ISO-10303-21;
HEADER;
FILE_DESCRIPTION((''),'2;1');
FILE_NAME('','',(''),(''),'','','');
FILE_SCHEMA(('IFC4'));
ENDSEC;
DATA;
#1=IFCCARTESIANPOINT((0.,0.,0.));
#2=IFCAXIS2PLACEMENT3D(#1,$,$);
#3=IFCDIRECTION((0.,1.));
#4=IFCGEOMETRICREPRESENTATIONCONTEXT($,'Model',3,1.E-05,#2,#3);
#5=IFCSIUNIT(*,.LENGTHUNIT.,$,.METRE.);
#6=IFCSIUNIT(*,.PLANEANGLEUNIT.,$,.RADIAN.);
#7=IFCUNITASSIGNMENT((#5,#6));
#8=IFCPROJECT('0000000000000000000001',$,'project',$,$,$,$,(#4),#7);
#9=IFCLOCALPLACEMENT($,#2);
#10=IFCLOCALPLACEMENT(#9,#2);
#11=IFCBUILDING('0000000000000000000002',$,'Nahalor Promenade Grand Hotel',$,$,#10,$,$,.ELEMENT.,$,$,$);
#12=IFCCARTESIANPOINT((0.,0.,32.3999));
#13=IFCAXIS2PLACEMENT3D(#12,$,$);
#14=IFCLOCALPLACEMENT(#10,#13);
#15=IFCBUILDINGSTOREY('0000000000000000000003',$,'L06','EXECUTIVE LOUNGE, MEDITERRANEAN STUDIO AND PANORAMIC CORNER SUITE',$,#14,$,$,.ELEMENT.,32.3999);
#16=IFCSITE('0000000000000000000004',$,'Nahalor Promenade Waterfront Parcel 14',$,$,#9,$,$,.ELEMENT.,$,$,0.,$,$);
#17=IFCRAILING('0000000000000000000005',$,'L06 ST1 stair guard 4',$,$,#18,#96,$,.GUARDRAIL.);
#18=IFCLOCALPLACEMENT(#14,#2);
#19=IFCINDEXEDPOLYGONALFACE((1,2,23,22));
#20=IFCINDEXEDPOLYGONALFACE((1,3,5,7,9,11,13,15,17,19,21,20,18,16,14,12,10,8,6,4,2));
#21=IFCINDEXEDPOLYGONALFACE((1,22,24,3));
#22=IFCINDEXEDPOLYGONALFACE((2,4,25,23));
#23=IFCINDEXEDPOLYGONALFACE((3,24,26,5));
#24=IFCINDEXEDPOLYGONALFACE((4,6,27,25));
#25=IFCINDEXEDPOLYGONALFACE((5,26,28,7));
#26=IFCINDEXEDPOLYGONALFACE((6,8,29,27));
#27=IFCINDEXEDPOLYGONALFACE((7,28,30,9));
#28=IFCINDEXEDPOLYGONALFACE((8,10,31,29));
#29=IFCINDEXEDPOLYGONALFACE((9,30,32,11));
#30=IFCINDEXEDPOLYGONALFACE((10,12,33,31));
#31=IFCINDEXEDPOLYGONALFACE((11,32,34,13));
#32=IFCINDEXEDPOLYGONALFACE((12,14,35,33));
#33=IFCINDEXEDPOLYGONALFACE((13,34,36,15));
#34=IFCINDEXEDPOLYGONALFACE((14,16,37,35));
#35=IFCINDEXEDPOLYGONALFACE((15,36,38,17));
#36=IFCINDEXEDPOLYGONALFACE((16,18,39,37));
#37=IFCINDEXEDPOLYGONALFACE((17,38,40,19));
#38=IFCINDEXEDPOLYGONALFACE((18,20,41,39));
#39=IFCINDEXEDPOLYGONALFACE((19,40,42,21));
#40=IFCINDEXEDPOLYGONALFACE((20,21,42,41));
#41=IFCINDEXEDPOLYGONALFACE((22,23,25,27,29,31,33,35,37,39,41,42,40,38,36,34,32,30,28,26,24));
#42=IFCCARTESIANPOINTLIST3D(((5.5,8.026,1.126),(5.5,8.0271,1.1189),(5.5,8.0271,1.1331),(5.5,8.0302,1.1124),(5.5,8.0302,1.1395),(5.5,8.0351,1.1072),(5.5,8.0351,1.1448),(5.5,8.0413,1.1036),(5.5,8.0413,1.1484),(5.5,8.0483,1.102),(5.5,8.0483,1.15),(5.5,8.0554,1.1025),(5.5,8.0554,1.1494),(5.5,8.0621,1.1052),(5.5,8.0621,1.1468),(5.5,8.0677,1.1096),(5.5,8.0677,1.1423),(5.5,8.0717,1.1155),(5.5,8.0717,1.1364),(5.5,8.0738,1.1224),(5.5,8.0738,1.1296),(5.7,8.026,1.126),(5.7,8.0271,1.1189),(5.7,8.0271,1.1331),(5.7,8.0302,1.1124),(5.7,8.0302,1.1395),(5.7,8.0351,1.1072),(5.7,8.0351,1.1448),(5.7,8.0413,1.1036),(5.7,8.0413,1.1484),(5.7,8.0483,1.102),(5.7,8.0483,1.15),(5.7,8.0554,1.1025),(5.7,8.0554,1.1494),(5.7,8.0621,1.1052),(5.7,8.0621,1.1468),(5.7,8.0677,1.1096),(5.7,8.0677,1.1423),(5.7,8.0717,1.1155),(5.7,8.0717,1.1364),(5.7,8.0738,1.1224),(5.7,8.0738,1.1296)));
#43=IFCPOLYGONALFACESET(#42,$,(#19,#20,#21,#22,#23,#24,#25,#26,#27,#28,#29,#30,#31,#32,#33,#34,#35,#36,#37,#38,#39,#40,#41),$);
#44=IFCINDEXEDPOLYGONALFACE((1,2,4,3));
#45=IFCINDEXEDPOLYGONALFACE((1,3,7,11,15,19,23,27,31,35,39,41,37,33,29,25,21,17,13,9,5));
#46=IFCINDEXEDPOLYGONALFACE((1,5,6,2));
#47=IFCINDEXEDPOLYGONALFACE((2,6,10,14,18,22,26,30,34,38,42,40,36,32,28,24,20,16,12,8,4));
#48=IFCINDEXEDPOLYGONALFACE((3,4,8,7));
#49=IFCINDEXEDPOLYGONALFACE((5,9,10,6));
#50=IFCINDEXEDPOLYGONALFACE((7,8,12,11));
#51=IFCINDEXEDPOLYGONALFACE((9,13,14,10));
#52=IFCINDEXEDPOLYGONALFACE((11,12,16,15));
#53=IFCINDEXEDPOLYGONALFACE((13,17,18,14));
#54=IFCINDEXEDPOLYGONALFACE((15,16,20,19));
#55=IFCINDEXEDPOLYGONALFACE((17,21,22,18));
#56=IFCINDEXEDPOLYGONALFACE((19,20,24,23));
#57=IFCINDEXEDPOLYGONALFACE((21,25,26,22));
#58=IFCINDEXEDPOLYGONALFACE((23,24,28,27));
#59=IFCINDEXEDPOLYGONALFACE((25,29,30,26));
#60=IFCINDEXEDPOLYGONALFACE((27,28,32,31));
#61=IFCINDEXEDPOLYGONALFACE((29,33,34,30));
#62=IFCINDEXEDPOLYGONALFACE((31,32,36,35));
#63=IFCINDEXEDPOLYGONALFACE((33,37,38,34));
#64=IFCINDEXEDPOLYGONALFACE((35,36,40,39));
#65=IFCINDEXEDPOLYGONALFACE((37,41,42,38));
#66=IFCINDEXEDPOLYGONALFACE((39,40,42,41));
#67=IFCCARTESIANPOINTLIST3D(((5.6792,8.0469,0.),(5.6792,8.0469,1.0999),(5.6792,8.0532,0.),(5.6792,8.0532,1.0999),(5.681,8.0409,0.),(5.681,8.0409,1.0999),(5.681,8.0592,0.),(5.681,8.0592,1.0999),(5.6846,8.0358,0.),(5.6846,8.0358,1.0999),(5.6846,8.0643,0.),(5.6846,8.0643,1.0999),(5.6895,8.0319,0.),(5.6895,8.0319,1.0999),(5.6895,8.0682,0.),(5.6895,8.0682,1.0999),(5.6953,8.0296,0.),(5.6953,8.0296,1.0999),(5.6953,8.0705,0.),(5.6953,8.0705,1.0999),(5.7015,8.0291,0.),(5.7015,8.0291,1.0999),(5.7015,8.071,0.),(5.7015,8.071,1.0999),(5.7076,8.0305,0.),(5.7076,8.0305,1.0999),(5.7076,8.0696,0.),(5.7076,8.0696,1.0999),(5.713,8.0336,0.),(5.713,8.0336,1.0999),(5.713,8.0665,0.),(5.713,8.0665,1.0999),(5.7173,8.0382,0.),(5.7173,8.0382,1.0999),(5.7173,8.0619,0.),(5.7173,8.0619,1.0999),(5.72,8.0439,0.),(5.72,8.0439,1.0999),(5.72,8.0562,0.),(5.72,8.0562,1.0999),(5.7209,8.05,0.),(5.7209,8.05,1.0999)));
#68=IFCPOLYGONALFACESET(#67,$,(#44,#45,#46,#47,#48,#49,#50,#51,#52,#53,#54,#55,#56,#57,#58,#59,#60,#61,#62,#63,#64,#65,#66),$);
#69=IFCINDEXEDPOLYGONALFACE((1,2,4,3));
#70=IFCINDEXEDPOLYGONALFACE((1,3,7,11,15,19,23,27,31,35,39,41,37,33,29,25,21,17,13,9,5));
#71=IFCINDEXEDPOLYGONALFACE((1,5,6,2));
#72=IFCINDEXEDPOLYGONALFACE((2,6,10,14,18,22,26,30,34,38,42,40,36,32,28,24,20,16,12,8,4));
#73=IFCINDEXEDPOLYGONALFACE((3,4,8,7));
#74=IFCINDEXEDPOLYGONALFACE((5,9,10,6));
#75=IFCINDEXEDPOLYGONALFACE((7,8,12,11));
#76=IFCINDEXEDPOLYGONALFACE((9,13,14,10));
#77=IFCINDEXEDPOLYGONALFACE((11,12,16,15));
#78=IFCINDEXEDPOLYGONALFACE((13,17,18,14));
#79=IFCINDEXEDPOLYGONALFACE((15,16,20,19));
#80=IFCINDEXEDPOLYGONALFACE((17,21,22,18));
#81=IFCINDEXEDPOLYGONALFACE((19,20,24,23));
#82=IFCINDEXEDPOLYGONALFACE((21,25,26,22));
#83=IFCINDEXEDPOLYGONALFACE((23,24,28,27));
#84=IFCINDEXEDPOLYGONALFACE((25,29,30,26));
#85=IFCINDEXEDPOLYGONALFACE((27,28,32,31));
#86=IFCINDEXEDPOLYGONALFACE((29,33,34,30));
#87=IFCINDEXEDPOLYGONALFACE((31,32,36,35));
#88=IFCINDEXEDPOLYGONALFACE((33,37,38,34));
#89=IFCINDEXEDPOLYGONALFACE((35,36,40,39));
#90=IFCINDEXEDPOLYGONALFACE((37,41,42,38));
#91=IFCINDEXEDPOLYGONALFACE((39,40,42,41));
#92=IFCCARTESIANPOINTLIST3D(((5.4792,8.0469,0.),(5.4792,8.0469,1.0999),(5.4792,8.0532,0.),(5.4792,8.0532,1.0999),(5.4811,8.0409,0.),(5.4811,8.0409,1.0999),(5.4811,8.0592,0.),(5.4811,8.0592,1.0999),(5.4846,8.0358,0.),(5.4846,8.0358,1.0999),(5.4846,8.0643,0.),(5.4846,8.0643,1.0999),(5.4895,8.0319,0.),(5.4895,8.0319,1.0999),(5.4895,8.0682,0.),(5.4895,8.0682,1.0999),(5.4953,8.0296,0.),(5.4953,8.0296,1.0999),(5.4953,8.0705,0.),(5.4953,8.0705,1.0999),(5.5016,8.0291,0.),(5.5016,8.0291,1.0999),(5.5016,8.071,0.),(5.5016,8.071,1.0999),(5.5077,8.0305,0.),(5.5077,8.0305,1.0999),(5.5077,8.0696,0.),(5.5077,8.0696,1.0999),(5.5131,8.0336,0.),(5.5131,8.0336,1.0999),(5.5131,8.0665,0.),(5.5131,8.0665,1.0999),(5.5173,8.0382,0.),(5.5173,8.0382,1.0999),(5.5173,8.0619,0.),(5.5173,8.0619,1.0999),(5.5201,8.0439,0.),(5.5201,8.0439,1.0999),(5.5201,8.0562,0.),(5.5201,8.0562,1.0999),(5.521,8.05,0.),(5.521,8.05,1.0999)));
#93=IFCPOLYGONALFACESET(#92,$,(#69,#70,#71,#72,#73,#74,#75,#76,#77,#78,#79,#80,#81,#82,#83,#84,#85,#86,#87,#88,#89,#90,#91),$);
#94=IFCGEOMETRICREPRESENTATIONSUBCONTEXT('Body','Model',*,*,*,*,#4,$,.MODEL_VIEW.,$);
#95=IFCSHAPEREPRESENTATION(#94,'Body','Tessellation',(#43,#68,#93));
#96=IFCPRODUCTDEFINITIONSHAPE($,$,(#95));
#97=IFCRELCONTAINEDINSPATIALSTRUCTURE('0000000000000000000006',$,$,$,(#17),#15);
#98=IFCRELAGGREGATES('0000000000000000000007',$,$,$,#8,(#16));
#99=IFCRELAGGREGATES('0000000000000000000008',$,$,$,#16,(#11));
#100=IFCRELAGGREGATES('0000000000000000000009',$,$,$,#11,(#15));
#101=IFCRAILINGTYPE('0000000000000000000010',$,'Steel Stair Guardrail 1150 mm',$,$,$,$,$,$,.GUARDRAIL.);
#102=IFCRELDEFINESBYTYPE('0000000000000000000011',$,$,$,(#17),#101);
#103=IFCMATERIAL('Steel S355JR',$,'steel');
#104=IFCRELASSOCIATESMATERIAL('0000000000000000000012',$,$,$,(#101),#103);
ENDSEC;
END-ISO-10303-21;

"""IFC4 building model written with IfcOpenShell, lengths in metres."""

from ifc_helpers import new_model, si_unit, direction, frame, origin, origin_2d, place, context, subcontext, project, spatial, circle, extrude, material, type_object, element, save


model = new_model("IFC4")

# Units and contexts
model_context = context("Model", 3, precision=1e-05, world=origin(), true_north=direction((0.0, 1.0)))
body_context = subcontext(model_context, "Body", "Model", "MODEL_VIEW")
ifc_project = project(units=[si_unit("LENGTHUNIT", "METRE"), si_unit("PLANEANGLEUNIT", "RADIAN")], contexts=[model_context])

# Site, building, storey
site_placement = place(None, origin())
site = spatial("IfcSite", under=ifc_project, at=site_placement, Name="Nahalor Promenade Waterfront Parcel 14", CompositionType="ELEMENT", RefElevation=0.0)
building_placement = place(site_placement, origin())
building = spatial("IfcBuilding", under=site, at=building_placement, Name="Nahalor Promenade Grand Hotel", CompositionType="ELEMENT")
storey_placement = place(building_placement, frame((0.0, 0.0, 32.3999)))
storey = spatial("IfcBuildingStorey", under=building, at=storey_placement, Name="L06", Description="EXECUTIVE LOUNGE, MEDITERRANEAN STUDIO AND PANORAMIC CORNER SUITE", CompositionType="ELEMENT", Elevation=32.3999)

# Shared definitions
ifc_material_1 = material(Name="Steel S355JR", Category="steel")

# Railing
railing_type_1 = type_object("IfcRailingType", Name="Steel Stair Guardrail 1150 mm", PredefinedType="GUARDRAIL", material=ifc_material_1)
railing_1_placement = place(storey_placement, frame((5.7, 8.05, 0.0)))
element("IfcRailing", 1, at=railing_1_placement, inside=storey, type_object=railing_type_1, Name="L06 ST1 stair guard 4", PredefinedType="GUARDRAIL", context=body_context, shape_type="SweptSolid", body=[
    extrude(circle(Radius=0.024, at=origin_2d()), frame((0.0, 0.0, 1.126), z_axis=(-1.0, 0.0, 0.0), x_axis=(0.0, -1.0, 0.0)), (0.0, 0.0, 1.0), 0.2),
    extrude(circle(Radius=0.021, at=origin_2d()), origin(), (0.0, 0.0, 1.0), 1.0999),
    extrude(circle(Radius=0.021, at=origin_2d()), frame((-0.2, 0.0, 0.0)), (0.0, 0.0, 1.0), 1.0999),
])

save(model, "model.ifc")
